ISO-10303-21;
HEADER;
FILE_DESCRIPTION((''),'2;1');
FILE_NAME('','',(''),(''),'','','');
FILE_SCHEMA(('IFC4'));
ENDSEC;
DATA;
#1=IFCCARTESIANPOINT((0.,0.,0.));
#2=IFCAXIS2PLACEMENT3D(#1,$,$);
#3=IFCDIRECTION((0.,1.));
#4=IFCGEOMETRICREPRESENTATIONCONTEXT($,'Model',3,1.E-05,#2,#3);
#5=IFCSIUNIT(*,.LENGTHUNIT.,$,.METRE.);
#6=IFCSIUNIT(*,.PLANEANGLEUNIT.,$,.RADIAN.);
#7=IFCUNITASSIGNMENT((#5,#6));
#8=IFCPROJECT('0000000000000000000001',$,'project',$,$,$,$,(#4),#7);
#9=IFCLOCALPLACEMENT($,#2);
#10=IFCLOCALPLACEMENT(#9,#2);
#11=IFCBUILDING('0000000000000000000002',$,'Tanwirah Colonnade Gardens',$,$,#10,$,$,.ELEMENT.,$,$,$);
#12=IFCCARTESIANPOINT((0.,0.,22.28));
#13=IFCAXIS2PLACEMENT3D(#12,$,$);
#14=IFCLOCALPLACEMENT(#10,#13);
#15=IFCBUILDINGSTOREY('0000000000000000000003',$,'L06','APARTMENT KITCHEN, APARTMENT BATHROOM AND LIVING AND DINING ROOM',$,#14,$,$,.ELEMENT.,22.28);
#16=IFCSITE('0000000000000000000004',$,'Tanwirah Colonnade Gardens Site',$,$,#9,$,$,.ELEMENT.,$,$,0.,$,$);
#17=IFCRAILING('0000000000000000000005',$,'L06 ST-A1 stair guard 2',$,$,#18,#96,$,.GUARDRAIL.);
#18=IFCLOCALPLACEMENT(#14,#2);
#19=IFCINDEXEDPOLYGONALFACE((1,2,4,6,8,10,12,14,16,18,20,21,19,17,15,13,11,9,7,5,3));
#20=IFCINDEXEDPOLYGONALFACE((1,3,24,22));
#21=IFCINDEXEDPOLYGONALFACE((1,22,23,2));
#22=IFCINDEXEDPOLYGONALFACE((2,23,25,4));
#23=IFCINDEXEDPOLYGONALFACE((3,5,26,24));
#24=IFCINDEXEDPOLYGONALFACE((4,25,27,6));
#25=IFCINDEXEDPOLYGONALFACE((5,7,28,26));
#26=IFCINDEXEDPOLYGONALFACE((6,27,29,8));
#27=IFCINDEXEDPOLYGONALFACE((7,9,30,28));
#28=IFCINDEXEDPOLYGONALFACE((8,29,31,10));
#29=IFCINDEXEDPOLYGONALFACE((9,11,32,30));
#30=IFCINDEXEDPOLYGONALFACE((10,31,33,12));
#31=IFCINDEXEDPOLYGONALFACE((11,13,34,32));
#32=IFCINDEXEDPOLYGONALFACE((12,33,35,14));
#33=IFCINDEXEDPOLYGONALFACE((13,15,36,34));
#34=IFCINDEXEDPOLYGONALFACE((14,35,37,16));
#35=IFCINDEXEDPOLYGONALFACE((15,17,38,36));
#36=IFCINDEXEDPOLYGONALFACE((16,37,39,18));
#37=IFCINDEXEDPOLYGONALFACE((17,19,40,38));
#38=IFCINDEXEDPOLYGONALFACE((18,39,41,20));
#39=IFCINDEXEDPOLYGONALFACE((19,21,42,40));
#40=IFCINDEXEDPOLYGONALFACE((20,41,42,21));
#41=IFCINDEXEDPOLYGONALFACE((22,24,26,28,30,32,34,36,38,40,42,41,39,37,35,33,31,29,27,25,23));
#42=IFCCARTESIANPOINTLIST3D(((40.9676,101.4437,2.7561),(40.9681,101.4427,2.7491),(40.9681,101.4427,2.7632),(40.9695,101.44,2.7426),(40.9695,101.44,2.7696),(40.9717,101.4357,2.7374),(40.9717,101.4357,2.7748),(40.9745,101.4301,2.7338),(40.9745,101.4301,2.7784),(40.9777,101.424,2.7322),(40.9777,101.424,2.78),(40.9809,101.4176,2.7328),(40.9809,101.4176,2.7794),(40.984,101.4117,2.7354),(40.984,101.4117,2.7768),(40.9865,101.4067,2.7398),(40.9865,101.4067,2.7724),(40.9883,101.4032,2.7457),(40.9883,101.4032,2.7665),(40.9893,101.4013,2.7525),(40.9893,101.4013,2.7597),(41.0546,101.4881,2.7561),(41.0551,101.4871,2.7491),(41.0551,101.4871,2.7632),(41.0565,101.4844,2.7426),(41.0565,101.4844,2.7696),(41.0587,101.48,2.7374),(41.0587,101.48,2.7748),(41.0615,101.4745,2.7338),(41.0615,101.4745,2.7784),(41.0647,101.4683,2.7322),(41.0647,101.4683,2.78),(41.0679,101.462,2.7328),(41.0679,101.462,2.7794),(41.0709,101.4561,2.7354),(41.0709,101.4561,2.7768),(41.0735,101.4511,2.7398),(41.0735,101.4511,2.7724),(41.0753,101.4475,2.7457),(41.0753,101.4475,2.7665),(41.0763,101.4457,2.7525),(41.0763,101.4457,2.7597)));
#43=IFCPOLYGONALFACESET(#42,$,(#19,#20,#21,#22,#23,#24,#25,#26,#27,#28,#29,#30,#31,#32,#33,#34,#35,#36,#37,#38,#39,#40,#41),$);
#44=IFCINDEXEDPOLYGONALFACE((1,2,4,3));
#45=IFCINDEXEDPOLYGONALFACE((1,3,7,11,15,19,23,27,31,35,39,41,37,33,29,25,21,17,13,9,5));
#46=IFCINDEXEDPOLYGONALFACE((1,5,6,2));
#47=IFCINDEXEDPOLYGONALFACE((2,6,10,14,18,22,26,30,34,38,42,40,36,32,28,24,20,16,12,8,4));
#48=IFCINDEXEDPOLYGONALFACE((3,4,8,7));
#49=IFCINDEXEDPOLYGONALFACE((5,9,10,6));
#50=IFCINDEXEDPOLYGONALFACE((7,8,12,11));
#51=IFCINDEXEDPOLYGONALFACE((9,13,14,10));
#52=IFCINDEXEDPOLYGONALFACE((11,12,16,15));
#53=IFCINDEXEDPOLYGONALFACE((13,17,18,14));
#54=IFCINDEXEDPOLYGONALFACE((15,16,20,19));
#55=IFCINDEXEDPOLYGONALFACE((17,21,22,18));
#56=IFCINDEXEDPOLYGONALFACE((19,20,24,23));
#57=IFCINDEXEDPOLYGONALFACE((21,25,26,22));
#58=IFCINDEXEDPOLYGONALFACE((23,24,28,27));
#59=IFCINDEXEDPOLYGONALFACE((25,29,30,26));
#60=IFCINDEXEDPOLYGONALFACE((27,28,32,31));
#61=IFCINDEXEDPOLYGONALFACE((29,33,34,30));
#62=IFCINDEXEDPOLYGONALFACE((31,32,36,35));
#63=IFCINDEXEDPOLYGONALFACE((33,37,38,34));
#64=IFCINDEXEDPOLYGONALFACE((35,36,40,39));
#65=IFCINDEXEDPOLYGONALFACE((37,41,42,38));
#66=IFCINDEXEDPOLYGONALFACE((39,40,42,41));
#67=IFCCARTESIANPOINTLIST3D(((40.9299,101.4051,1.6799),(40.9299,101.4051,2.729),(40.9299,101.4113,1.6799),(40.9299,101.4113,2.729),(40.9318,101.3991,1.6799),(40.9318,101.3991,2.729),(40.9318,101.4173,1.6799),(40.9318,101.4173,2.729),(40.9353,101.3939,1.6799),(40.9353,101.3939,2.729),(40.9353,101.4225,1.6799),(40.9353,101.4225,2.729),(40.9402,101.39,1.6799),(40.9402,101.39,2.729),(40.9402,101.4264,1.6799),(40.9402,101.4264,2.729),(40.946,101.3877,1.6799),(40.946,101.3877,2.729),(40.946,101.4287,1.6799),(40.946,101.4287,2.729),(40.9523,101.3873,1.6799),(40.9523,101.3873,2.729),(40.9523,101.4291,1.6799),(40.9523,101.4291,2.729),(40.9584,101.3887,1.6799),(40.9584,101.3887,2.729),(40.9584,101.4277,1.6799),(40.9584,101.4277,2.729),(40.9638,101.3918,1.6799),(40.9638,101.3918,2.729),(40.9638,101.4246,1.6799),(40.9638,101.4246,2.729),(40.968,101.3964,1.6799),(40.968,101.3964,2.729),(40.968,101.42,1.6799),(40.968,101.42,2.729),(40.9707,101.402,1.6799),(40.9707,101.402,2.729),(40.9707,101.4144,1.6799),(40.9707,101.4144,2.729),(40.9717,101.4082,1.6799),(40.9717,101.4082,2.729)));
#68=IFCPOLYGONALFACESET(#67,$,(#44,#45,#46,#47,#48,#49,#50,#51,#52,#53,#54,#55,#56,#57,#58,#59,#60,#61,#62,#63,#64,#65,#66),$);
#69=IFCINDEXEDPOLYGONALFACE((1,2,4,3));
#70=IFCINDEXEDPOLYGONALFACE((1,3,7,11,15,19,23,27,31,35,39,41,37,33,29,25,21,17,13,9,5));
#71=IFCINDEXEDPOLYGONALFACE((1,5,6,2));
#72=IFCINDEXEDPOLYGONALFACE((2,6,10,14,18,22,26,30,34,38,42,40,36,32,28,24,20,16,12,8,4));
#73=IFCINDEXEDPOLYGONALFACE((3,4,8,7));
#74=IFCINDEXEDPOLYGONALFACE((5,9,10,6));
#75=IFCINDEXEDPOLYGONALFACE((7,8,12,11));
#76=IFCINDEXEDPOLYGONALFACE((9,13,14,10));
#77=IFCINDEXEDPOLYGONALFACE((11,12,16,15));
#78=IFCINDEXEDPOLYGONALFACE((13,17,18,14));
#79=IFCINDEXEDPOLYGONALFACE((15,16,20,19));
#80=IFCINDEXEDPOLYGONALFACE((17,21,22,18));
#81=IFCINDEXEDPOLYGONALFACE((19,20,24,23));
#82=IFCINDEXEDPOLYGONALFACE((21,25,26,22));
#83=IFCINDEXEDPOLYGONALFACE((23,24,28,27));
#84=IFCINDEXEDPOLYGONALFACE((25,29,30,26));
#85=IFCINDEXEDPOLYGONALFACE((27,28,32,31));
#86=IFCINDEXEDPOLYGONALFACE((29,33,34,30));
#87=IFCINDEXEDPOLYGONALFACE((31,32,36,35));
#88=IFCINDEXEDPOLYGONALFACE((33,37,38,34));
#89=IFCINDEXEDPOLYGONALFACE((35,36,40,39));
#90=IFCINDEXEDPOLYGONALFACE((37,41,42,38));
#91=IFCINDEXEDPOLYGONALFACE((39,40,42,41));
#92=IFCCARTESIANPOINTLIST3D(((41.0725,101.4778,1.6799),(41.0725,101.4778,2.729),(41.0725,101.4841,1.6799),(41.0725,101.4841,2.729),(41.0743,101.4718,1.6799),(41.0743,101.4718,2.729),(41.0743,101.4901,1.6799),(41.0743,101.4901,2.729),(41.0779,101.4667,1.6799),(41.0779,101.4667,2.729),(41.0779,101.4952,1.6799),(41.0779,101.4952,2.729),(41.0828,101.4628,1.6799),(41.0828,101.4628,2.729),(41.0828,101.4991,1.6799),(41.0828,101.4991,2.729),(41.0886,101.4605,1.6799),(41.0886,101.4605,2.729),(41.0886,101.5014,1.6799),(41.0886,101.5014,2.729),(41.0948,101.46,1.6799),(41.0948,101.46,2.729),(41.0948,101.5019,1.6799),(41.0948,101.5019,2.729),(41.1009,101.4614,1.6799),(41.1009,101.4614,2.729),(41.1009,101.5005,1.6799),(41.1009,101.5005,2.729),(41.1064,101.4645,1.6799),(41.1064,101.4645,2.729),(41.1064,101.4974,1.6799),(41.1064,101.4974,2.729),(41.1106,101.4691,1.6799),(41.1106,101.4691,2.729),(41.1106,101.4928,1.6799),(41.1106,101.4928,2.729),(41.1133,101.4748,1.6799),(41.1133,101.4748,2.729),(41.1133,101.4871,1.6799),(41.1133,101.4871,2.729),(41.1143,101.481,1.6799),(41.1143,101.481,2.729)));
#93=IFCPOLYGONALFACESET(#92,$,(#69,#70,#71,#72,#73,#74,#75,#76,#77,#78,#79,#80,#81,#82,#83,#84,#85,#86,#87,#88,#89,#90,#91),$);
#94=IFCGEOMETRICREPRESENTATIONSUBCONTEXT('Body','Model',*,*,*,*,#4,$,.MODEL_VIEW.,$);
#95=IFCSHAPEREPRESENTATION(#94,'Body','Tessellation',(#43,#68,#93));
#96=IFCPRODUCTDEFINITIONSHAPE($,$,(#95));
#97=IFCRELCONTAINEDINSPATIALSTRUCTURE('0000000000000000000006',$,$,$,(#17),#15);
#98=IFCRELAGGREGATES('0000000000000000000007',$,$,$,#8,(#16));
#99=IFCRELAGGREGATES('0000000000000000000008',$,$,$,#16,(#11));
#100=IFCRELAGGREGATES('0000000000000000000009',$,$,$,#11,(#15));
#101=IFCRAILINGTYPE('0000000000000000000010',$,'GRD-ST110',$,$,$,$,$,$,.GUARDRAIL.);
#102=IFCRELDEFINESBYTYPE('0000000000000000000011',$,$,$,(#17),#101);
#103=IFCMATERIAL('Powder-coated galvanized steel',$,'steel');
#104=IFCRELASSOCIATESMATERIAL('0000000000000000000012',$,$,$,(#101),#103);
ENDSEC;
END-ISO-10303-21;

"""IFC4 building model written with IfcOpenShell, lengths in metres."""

from ifc_helpers import new_model, si_unit, direction, frame, origin, origin_2d, place, context, subcontext, project, spatial, circle, extrude, material, type_object, element, save


model = new_model("IFC4")

# Units and contexts
model_context = context("Model", 3, precision=1e-05, world=origin(), true_north=direction((0.0, 1.0)))
body_context = subcontext(model_context, "Body", "Model", "MODEL_VIEW")
ifc_project = project(units=[si_unit("LENGTHUNIT", "METRE"), si_unit("PLANEANGLEUNIT", "RADIAN")], contexts=[model_context])

# Site, building, storey
site_placement = place(None, origin())
site = spatial("IfcSite", under=ifc_project, at=site_placement, Name="Tanwirah Colonnade Gardens Site", CompositionType="ELEMENT", RefElevation=0.0)
building_placement = place(site_placement, origin())
building = spatial("IfcBuilding", under=site, at=building_placement, Name="Tanwirah Colonnade Gardens", CompositionType="ELEMENT")
storey_placement = place(building_placement, frame((0.0, 0.0, 22.28)))
storey = spatial("IfcBuildingStorey", under=building, at=storey_placement, Name="L06", Description="APARTMENT KITCHEN, APARTMENT BATHROOM AND LIVING AND DINING ROOM", CompositionType="ELEMENT", Elevation=22.28)

# Railing
ifc_material_1 = material(Name="Powder-coated galvanized steel", Category="steel")
railing_type_1 = type_object("IfcRailingType", Name="GRD-ST110", PredefinedType="GUARDRAIL", material=ifc_material_1)
railing_1_placement = place(storey_placement, frame((40.9507, 101.4082, 1.6799)))
element("IfcRailing", 1, at=railing_1_placement, inside=storey, type_object=railing_type_1, Name="L06 ST-A1 stair guard 2", PredefinedType="GUARDRAIL", context=body_context, shape_type="SweptSolid", body=[
    extrude(circle(Radius=0.0239, at=origin_2d()), frame((0.0278, 0.0142, 1.0762), z_axis=(0.890737, 0.45452, 0.0), x_axis=(-0.45452, 0.890737, 0.0)), (0.0, 0.0, 1.0), 0.0977),
    extrude(circle(Radius=0.021, at=origin_2d()), origin(), (0.0, 0.0, 1.0), 1.0491),
    extrude(circle(Radius=0.021, at=origin_2d()), frame((0.1426, 0.0728, 0.0)), (0.0, 0.0, 1.0), 1.0491),
])

save(model, "model.ifc")
